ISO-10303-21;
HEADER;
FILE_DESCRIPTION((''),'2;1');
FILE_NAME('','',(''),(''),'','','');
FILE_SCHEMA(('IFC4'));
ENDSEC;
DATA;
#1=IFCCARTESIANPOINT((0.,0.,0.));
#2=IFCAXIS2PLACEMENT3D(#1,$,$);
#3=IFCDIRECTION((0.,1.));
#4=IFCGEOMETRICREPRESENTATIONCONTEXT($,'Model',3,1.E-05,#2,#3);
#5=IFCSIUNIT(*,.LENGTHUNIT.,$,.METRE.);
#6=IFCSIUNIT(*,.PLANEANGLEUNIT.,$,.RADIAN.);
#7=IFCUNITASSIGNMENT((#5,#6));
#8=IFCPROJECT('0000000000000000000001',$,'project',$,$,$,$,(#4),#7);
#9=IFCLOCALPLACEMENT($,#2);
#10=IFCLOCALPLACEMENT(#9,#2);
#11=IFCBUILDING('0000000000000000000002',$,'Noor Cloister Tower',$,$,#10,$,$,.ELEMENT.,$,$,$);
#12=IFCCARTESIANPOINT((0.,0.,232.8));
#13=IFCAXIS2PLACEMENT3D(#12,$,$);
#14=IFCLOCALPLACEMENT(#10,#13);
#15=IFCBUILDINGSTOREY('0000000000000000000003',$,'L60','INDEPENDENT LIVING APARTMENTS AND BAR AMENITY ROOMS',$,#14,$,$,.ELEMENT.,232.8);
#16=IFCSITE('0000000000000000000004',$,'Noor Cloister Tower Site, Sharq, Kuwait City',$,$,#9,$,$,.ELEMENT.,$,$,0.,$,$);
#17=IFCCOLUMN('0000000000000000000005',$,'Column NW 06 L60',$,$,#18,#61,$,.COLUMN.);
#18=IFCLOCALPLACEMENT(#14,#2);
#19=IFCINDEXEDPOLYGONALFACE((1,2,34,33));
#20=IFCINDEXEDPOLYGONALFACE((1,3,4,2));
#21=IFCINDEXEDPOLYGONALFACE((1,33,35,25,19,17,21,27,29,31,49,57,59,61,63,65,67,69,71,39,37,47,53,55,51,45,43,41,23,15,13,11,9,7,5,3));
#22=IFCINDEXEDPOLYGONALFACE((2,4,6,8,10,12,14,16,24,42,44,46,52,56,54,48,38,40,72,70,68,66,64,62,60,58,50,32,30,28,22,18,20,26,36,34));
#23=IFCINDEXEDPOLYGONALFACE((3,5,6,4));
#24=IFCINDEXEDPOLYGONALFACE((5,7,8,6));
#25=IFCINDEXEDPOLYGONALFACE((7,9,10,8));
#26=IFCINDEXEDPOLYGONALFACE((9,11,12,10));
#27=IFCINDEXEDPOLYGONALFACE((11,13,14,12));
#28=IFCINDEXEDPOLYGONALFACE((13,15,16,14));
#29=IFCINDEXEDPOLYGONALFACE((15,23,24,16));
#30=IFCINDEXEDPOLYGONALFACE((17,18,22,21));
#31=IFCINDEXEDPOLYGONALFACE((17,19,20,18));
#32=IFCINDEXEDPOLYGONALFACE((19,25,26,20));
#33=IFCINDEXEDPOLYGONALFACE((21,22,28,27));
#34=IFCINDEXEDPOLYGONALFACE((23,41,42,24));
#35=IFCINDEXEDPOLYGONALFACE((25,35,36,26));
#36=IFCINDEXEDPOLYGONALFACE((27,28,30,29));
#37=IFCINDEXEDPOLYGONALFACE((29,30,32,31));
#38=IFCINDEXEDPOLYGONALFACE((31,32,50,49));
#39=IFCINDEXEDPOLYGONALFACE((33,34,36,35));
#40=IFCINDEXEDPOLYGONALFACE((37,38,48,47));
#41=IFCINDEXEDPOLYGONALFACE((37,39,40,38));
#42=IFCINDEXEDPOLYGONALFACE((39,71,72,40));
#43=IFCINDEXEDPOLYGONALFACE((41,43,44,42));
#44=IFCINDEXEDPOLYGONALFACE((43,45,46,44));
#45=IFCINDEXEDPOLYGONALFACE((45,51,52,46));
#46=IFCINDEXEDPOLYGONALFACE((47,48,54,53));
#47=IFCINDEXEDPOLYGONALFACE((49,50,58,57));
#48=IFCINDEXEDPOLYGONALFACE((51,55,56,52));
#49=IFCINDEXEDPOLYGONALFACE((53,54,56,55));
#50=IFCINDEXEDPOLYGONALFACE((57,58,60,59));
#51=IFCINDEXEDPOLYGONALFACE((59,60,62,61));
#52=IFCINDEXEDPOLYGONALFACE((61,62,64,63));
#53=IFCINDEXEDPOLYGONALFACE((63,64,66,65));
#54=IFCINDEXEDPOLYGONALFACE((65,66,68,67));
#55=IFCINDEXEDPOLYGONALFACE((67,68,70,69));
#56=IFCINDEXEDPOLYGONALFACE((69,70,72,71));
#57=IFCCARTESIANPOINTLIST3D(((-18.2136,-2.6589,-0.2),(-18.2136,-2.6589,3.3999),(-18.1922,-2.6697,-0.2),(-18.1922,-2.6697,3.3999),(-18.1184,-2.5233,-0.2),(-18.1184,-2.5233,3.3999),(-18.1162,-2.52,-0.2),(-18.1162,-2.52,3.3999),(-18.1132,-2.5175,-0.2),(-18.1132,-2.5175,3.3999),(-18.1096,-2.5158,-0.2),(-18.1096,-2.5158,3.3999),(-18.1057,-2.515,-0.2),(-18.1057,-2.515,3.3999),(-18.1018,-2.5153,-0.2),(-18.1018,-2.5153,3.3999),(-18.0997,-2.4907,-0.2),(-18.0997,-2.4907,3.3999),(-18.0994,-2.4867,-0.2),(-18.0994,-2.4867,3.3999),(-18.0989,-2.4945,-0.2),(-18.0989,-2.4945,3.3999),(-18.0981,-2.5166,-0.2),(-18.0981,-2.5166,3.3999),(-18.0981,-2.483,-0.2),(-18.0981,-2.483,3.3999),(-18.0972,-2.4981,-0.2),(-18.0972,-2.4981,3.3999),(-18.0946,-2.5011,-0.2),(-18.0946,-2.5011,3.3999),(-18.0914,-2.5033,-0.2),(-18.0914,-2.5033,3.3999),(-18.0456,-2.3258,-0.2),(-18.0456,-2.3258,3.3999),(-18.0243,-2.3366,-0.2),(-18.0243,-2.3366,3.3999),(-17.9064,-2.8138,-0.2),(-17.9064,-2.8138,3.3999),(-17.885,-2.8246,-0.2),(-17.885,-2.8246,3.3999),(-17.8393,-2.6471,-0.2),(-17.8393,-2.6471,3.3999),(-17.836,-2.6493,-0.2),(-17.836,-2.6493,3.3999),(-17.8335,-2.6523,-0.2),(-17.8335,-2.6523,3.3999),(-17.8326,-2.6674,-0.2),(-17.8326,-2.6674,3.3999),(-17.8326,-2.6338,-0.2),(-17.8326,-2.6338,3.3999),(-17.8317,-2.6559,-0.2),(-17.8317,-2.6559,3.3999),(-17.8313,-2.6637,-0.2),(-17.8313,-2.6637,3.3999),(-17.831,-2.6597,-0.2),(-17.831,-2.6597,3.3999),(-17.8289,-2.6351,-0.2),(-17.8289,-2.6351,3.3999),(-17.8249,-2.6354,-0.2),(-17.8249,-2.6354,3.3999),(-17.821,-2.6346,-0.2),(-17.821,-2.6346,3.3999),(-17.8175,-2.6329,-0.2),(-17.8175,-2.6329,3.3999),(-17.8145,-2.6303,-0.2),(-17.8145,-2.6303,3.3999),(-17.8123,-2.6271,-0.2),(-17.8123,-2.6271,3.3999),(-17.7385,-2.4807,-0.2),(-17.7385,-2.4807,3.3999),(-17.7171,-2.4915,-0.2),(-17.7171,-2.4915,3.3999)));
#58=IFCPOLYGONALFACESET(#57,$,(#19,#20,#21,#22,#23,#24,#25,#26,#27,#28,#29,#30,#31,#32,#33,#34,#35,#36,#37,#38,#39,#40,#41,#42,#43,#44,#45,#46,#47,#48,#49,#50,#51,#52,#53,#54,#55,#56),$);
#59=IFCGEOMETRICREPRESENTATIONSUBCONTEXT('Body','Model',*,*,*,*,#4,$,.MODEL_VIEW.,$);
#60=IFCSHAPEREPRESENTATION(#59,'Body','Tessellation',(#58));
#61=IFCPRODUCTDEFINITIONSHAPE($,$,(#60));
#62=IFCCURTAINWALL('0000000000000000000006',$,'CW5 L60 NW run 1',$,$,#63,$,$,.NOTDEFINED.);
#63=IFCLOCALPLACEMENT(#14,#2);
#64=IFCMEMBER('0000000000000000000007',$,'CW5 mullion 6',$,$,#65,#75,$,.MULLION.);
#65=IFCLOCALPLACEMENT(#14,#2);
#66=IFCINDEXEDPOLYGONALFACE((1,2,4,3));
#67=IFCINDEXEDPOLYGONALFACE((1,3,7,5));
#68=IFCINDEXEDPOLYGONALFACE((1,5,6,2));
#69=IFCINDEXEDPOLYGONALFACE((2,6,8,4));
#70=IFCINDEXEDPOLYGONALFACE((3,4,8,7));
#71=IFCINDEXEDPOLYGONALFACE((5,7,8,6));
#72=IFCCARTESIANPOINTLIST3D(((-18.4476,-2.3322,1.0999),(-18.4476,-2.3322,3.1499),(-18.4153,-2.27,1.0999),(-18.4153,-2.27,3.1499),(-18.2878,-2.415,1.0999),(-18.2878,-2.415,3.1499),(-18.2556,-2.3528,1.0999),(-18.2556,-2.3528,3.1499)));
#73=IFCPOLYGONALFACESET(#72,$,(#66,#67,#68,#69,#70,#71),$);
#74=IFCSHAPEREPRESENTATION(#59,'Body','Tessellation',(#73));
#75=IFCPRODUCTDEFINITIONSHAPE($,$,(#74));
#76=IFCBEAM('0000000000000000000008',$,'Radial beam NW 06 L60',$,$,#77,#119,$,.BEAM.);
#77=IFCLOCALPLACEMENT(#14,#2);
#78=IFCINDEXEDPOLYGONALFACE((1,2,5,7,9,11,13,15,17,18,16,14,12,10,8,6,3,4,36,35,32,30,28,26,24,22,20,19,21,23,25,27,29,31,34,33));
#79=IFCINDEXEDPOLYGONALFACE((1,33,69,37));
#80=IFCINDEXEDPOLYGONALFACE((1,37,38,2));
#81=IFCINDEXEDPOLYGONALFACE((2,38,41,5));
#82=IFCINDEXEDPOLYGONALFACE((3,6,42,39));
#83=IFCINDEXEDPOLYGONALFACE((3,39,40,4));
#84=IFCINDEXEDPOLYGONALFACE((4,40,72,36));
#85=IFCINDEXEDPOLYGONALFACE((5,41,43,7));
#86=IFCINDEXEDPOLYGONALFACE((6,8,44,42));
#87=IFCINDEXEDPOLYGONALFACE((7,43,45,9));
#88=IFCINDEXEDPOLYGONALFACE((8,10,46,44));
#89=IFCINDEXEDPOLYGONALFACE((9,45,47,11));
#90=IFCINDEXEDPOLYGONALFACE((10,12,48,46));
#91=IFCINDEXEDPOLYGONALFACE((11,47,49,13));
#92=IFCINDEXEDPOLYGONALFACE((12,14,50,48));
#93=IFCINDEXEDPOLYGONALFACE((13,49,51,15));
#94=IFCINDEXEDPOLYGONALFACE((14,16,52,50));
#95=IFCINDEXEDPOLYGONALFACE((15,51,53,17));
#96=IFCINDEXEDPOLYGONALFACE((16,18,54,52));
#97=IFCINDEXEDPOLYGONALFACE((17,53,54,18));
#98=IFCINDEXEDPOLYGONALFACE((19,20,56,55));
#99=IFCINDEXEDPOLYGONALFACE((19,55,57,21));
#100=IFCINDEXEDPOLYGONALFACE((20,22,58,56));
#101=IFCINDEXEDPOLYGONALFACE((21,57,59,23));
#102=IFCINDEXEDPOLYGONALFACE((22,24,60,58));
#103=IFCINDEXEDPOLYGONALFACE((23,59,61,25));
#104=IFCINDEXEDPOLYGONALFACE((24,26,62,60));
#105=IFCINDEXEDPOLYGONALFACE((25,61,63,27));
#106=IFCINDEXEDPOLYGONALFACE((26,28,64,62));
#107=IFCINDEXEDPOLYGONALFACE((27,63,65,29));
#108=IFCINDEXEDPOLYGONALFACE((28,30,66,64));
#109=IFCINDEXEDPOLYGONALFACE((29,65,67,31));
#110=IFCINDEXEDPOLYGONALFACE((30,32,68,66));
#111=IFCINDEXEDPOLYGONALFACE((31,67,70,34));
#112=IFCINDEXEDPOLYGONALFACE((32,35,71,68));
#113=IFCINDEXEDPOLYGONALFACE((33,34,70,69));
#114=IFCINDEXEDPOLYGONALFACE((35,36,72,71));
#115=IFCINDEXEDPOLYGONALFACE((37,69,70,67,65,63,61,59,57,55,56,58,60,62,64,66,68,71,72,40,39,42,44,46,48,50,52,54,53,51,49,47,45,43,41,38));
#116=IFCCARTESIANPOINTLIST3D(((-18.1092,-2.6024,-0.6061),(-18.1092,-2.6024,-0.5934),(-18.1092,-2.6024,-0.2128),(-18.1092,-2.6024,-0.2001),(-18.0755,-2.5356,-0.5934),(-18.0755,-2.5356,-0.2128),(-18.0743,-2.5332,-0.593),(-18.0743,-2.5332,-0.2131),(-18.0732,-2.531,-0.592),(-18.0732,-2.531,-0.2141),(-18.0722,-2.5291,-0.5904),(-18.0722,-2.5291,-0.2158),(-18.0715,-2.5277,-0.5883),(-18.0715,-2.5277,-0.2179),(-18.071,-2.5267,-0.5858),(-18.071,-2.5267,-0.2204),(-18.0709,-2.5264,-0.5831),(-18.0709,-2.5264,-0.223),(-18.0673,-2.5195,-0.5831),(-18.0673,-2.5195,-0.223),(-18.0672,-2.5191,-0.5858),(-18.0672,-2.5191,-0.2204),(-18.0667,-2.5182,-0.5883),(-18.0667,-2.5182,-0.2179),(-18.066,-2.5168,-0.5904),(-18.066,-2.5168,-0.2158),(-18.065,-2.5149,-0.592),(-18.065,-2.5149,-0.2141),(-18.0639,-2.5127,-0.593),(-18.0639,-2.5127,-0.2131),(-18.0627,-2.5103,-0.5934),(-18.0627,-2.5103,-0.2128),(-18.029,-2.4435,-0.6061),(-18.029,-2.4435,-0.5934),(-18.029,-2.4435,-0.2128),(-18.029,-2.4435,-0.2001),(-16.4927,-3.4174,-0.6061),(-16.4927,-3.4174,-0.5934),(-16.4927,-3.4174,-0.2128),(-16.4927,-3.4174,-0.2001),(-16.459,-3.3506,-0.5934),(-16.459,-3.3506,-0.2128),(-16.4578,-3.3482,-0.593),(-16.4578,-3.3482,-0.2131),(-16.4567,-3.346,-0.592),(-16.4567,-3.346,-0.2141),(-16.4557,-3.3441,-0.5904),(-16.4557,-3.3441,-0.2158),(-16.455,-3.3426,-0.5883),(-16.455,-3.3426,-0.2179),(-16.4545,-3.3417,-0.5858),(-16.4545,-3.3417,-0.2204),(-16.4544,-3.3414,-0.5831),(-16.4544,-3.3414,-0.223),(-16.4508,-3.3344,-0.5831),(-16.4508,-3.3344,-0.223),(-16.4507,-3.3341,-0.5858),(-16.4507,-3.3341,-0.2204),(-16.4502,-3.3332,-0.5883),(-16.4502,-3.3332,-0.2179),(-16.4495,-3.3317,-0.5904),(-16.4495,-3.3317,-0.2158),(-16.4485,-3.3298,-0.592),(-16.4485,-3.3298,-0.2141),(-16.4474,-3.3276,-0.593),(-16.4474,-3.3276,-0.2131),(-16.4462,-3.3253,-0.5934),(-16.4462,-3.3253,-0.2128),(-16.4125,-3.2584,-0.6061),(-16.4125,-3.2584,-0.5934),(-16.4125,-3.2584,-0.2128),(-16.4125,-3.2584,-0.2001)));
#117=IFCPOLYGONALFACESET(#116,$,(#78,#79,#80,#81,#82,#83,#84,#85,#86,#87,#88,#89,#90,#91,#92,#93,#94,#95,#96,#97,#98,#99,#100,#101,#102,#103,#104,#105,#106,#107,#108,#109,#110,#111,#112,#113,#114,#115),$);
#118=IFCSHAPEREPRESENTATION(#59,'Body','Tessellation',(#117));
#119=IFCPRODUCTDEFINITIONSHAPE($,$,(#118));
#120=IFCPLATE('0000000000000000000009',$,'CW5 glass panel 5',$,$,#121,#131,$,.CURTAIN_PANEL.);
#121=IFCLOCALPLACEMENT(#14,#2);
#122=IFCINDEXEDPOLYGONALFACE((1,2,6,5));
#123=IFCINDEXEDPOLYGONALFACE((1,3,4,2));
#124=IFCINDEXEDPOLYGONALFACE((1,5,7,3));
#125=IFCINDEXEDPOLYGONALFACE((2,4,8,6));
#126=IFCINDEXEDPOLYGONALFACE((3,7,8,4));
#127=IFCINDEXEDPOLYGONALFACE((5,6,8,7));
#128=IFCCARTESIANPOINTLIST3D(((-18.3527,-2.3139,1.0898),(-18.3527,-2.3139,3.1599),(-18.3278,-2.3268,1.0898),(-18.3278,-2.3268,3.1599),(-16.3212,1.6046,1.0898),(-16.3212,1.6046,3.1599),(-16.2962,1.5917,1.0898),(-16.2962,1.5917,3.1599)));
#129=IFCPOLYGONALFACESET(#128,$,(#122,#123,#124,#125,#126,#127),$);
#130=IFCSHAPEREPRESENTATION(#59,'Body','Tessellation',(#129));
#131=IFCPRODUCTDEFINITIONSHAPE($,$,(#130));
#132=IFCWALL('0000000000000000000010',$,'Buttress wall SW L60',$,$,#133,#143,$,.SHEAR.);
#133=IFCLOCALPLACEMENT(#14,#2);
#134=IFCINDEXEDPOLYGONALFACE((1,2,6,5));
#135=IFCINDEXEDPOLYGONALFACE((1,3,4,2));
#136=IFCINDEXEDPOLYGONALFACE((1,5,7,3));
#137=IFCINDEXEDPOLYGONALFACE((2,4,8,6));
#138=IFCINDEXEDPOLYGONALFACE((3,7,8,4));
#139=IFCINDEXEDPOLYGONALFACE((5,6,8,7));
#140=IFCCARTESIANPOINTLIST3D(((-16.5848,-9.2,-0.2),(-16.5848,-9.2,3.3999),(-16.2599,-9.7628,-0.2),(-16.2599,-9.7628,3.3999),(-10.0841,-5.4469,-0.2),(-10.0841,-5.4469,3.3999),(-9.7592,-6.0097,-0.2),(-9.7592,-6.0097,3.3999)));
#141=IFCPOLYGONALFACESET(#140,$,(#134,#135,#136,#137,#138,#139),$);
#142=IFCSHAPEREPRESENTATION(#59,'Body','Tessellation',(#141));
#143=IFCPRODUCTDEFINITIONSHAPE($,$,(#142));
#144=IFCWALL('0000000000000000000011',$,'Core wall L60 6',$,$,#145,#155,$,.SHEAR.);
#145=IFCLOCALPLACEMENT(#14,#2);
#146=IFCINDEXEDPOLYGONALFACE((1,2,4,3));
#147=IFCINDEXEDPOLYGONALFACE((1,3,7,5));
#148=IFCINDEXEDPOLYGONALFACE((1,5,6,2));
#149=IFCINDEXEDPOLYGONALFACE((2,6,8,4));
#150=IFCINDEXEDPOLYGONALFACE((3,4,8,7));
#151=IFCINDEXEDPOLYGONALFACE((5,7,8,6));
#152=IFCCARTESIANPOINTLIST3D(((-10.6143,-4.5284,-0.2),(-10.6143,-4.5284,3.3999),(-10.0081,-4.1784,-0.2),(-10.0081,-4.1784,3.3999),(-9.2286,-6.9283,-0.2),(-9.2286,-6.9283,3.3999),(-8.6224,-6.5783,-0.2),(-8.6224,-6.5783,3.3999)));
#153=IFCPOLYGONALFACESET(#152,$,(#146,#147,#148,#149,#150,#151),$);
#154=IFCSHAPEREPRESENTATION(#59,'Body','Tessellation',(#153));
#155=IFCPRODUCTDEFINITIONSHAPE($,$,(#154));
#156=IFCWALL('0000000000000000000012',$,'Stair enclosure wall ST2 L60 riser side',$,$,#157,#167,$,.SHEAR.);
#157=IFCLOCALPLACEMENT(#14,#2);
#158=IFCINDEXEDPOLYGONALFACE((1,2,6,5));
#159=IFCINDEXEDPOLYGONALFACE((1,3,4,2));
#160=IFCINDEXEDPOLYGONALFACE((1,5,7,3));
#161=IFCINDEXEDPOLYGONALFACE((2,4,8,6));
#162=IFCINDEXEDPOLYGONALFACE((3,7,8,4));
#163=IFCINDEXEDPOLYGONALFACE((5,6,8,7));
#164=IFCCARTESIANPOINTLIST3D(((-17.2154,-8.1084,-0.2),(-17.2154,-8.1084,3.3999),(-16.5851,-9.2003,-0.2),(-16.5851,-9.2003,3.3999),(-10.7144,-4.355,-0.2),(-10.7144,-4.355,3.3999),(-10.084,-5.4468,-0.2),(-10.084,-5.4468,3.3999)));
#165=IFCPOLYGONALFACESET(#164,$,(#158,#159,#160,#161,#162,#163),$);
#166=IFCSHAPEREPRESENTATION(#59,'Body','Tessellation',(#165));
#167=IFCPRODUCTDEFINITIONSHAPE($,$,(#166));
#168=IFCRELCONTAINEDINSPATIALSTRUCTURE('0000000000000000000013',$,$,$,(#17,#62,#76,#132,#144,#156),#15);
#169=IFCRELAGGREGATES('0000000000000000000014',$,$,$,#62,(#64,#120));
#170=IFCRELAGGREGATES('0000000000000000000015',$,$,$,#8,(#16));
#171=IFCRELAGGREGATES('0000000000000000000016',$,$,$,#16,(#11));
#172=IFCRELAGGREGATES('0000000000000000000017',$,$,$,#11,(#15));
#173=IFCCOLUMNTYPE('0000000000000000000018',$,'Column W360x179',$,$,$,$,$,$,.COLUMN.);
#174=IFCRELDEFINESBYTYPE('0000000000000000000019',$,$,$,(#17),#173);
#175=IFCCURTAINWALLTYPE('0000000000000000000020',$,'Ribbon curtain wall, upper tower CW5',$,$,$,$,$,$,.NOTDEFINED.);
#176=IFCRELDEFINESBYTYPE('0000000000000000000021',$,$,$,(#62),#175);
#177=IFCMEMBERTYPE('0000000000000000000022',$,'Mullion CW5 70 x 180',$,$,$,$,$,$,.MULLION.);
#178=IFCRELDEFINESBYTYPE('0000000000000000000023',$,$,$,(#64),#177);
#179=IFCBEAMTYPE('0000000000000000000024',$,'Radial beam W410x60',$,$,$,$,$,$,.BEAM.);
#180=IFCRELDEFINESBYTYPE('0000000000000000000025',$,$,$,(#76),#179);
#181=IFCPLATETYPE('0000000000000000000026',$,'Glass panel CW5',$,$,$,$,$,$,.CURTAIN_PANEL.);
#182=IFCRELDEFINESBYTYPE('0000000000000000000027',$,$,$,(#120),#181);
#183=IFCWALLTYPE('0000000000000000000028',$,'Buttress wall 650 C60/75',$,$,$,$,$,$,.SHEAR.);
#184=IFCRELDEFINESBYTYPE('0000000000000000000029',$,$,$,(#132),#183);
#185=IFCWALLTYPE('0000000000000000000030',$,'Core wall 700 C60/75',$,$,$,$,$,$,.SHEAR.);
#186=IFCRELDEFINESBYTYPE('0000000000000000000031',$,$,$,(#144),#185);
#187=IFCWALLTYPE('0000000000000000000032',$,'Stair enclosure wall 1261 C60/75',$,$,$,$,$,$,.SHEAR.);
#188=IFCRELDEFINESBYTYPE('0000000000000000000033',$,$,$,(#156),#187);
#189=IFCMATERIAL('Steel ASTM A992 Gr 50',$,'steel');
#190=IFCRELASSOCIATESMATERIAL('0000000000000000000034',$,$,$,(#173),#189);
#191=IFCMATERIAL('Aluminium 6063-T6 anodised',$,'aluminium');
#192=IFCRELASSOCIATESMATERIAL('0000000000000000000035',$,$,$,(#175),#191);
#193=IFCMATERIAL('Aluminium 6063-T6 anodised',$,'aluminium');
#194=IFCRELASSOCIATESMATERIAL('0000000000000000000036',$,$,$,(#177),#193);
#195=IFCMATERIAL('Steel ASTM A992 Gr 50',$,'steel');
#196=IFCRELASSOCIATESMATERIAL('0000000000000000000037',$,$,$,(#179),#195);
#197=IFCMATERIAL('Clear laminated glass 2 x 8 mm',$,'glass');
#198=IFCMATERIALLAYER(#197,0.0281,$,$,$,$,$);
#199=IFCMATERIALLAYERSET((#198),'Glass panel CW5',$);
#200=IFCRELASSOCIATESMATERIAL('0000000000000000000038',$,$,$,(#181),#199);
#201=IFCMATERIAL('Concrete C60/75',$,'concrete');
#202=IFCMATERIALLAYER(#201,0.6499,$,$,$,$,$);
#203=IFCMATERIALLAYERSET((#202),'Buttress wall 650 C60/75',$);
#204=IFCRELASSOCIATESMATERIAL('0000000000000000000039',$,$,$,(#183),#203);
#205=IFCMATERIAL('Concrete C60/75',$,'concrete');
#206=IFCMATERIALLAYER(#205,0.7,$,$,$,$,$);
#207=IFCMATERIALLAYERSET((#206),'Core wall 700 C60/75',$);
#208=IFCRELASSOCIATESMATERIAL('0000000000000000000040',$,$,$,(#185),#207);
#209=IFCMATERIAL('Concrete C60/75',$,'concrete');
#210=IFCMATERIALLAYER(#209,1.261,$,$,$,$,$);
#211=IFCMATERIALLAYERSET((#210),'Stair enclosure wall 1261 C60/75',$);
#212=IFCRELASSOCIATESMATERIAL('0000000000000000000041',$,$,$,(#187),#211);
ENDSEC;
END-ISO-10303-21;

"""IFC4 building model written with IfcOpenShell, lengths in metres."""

from ifc_helpers import new_model, si_unit, direction, frame, frame_2d, origin, origin_2d, place, context, subcontext, project, spatial, rectangle, i_section, extrude, material, layer, layer_set, material_profile, profile_set, type_object, element, aggregate, save


model = new_model("IFC4")

# Units and contexts
model_context = context("Model", 3, precision=1e-05, world=origin(), true_north=direction((0.0, 1.0)))
body_context = subcontext(model_context, "Body", "Model", "MODEL_VIEW")
ifc_project = project(units=[si_unit("LENGTHUNIT", "METRE"), si_unit("PLANEANGLEUNIT", "RADIAN")], contexts=[model_context])

# Site, building, storey
site_placement = place(None, origin())
site = spatial("IfcSite", under=ifc_project, at=site_placement, Name="Noor Cloister Tower Site, Sharq, Kuwait City", CompositionType="ELEMENT", RefElevation=0.0)
building_placement = place(site_placement, origin())
building = spatial("IfcBuilding", under=site, at=building_placement, Name="Noor Cloister Tower", CompositionType="ELEMENT")
storey_placement = place(building_placement, frame((0.0, 0.0, 232.8)))
storey = spatial("IfcBuildingStorey", under=building, at=storey_placement, Name="L60", Description="INDEPENDENT LIVING APARTMENTS AND BAR AMENITY ROOMS", CompositionType="ELEMENT", Elevation=232.8)

# Column
ifc_material_1 = material(Name="Steel ASTM A992 Gr 50", Category="steel")
ifc_material_profile_1 = material_profile(ifc_material_1, i_section(OverallWidth=0.373, OverallDepth=0.3679, WebThickness=0.0149, FlangeThickness=0.0239, FilletRadius=0.0151, at=origin_2d()), Name="W360x179")
ifc_profile_set_1 = profile_set([ifc_material_profile_1], Name="Steel ASTM A992 Gr 50")
column_type = type_object("IfcColumnType", Name="Column W360x179", PredefinedType="COLUMN", material=ifc_profile_set_1)
column_placement = place(storey_placement, frame((-17.9653, -2.5752, -0.2), z_axis=(0.0, 0.0, 1.0), x_axis=(-0.450185, -0.892935, 0.0)))
element("IfcColumn", 1, at=column_placement, inside=storey, type_object=column_type, Name="Column NW 06 L60", PredefinedType="COLUMN", context=body_context, shape_type="SweptSolid", body=[
    extrude(i_section(OverallWidth=0.373, OverallDepth=0.3679, WebThickness=0.0149, FlangeThickness=0.0239, FilletRadius=0.0151, at=origin_2d()), origin(), (0.0, 0.0, 1.0), 3.5999),
])

# Curtain wall, member
ifc_material_2 = material(Name="Aluminium 6063-T6 anodised", Category="aluminium")
curtain_wall_type = type_object("IfcCurtainWallType", Name="Ribbon curtain wall, upper tower CW5", PredefinedType="NOTDEFINED", material=ifc_material_2)
curtain_wall_placement = place(storey_placement, origin())
curtain_wall = element("IfcCurtainWall", 2, at=curtain_wall_placement, inside=storey, type_object=curtain_wall_type, Name="CW5 L60 NW run 1", PredefinedType="NOTDEFINED")
ifc_material_3 = material(Name="Aluminium 6063-T6 anodised", Category="aluminium")
ifc_material_profile_2 = material_profile(ifc_material_3, rectangle(XDim=0.1799, YDim=0.0701, at=origin_2d()), Name="180 x 70 mullion")
ifc_profile_set_2 = profile_set([ifc_material_profile_2], Name="Aluminium 6063-T6 anodised")
member_type = type_object("IfcMemberType", Name="Mullion CW5 70 x 180", PredefinedType="MULLION", material=ifc_profile_set_2)
member_placement = place(storey_placement, frame((-18.3516, -2.3425, 1.0999), z_axis=(0.0, 0.0, 1.0), x_axis=(0.88778, -0.460269, 0.0)))
member = element("IfcMember", 3, at=member_placement, type_object=member_type, Name="CW5 mullion 6", PredefinedType="MULLION", context=body_context, shape_type="SweptSolid", body=[
    extrude(rectangle(XDim=0.1799, YDim=0.0701, at=origin_2d()), origin(), (0.0, 0.0, 1.0), 2.05),
])

# Beam
ifc_material_4 = material(Name="Steel ASTM A992 Gr 50", Category="steel")
ifc_material_profile_3 = material_profile(ifc_material_4, i_section(OverallWidth=0.178, OverallDepth=0.406, WebThickness=0.0078, FlangeThickness=0.0127, FilletRadius=0.0103, at=origin_2d()), Name="W410x60")
ifc_profile_set_3 = profile_set([ifc_material_profile_3], Name="Steel ASTM A992 Gr 50")
beam_type = type_object("IfcBeamType", Name="Radial beam W410x60", PredefinedType="BEAM", material=ifc_profile_set_3)
beam_placement = place(storey_placement, frame((-18.0691, -2.5229, -0.4031), z_axis=(0.892939, -0.450178, 0.0), x_axis=(0.450178, 0.892939, 0.0)))
element("IfcBeam", 4, at=beam_placement, inside=storey, type_object=beam_type, Name="Radial beam NW 06 L60", PredefinedType="BEAM", context=body_context, shape_type="SweptSolid", body=[
    extrude(i_section(OverallWidth=0.178, OverallDepth=0.406, WebThickness=0.0078, FlangeThickness=0.0127, FilletRadius=0.0103, at=origin_2d()), origin(), (0.0, 0.0, 1.0), 1.8103),
])

# Plate
ifc_material_5 = material(Name="Clear laminated glass 2 x 8 mm", Category="glass")
ifc_layer_1 = layer(ifc_material_5, 0.0281)
ifc_layer_set_1 = layer_set([ifc_layer_1], Name="Glass panel CW5")
plate_type = type_object("IfcPlateType", Name="Glass panel CW5", PredefinedType="CURTAIN_PANEL", material=ifc_layer_set_1)
plate_placement = place(storey_placement, frame((-17.3245, -0.3611, 1.0898), z_axis=(0.0, 0.0, 1.0), x_axis=(-0.460269, -0.88778, 0.0)))
plate = element("IfcPlate", 5, at=plate_placement, type_object=plate_type, Name="CW5 glass panel 5", PredefinedType="CURTAIN_PANEL", context=body_context, shape_type="SweptSolid", body=[
    extrude(rectangle(XDim=4.4138, YDim=0.0281, at=origin_2d()), origin(), (0.0, 0.0, 1.0), 2.0701),
])
aggregate(curtain_wall, [member, plate])

# Walls
ifc_material_6 = material(Name="Concrete C60/75", Category="concrete")
ifc_layer_2 = layer(ifc_material_6, 0.6499)
ifc_layer_set_2 = layer_set([ifc_layer_2], Name="Buttress wall 650 C60/75")
wall_type_1 = type_object("IfcWallType", Name="Buttress wall 650 C60/75", PredefinedType="SHEAR", material=ifc_layer_set_2)
wall_1_placement = place(storey_placement, frame((-9.9216, -5.7283, -0.2), z_axis=(0.0, 0.0, 1.0), x_axis=(-0.866027, -0.499997, 0.0)))
element("IfcWall", 6, at=wall_1_placement, inside=storey, type_object=wall_type_1, Name="Buttress wall SW L60", PredefinedType="SHEAR", context=body_context, shape_type="SweptSolid", body=[
    extrude(rectangle(XDim=7.5063, YDim=0.6499, at=frame_2d((3.7532, 0.0))), origin(), (0.0, 0.0, 1.0), 3.5999),
])
ifc_material_7 = material(Name="Concrete C60/75", Category="concrete")
ifc_layer_3 = layer(ifc_material_7, 0.7)
ifc_layer_set_3 = layer_set([ifc_layer_3], Name="Core wall 700 C60/75")
wall_type_2 = type_object("IfcWallType", Name="Core wall 700 C60/75", PredefinedType="SHEAR", material=ifc_layer_set_3)
wall_2_placement = place(storey_placement, frame((-10.3113, -4.3533, -0.2), z_axis=(0.0, 0.0, 1.0), x_axis=(0.500043, -0.866001, 0.0)))
element("IfcWall", 7, at=wall_2_placement, inside=storey, type_object=wall_type_2, Name="Core wall L60 6", PredefinedType="SHEAR", context=body_context, shape_type="SweptSolid", body=[
    extrude(rectangle(XDim=2.7712, YDim=0.7, at=frame_2d((1.3857, 0.0))), origin(), (0.0, 0.0, 1.0), 3.5999),
])
ifc_material_8 = material(Name="Concrete C60/75", Category="concrete")
ifc_layer_4 = layer(ifc_material_8, 1.261)
ifc_layer_set_4 = layer_set([ifc_layer_4], Name="Stair enclosure wall 1261 C60/75")
wall_type_3 = type_object("IfcWallType", Name="Stair enclosure wall 1261 C60/75", PredefinedType="SHEAR", material=ifc_layer_set_4)
wall_3_placement = place(storey_placement, frame((-10.3992, -4.9009, -0.2), z_axis=(0.0, 0.0, 1.0), x_axis=(-0.866021, -0.500008, 0.0)))
element("IfcWall", 8, at=wall_3_placement, inside=storey, type_object=wall_type_3, Name="Stair enclosure wall ST2 L60 riser side", PredefinedType="SHEAR", context=body_context, shape_type="SweptSolid", body=[
    extrude(rectangle(XDim=7.5068, YDim=1.2607, at=frame_2d((3.7534, 0.0))), origin(), (0.0, 0.0, 1.0), 3.5999),
])

save(model, "model.ifc")
